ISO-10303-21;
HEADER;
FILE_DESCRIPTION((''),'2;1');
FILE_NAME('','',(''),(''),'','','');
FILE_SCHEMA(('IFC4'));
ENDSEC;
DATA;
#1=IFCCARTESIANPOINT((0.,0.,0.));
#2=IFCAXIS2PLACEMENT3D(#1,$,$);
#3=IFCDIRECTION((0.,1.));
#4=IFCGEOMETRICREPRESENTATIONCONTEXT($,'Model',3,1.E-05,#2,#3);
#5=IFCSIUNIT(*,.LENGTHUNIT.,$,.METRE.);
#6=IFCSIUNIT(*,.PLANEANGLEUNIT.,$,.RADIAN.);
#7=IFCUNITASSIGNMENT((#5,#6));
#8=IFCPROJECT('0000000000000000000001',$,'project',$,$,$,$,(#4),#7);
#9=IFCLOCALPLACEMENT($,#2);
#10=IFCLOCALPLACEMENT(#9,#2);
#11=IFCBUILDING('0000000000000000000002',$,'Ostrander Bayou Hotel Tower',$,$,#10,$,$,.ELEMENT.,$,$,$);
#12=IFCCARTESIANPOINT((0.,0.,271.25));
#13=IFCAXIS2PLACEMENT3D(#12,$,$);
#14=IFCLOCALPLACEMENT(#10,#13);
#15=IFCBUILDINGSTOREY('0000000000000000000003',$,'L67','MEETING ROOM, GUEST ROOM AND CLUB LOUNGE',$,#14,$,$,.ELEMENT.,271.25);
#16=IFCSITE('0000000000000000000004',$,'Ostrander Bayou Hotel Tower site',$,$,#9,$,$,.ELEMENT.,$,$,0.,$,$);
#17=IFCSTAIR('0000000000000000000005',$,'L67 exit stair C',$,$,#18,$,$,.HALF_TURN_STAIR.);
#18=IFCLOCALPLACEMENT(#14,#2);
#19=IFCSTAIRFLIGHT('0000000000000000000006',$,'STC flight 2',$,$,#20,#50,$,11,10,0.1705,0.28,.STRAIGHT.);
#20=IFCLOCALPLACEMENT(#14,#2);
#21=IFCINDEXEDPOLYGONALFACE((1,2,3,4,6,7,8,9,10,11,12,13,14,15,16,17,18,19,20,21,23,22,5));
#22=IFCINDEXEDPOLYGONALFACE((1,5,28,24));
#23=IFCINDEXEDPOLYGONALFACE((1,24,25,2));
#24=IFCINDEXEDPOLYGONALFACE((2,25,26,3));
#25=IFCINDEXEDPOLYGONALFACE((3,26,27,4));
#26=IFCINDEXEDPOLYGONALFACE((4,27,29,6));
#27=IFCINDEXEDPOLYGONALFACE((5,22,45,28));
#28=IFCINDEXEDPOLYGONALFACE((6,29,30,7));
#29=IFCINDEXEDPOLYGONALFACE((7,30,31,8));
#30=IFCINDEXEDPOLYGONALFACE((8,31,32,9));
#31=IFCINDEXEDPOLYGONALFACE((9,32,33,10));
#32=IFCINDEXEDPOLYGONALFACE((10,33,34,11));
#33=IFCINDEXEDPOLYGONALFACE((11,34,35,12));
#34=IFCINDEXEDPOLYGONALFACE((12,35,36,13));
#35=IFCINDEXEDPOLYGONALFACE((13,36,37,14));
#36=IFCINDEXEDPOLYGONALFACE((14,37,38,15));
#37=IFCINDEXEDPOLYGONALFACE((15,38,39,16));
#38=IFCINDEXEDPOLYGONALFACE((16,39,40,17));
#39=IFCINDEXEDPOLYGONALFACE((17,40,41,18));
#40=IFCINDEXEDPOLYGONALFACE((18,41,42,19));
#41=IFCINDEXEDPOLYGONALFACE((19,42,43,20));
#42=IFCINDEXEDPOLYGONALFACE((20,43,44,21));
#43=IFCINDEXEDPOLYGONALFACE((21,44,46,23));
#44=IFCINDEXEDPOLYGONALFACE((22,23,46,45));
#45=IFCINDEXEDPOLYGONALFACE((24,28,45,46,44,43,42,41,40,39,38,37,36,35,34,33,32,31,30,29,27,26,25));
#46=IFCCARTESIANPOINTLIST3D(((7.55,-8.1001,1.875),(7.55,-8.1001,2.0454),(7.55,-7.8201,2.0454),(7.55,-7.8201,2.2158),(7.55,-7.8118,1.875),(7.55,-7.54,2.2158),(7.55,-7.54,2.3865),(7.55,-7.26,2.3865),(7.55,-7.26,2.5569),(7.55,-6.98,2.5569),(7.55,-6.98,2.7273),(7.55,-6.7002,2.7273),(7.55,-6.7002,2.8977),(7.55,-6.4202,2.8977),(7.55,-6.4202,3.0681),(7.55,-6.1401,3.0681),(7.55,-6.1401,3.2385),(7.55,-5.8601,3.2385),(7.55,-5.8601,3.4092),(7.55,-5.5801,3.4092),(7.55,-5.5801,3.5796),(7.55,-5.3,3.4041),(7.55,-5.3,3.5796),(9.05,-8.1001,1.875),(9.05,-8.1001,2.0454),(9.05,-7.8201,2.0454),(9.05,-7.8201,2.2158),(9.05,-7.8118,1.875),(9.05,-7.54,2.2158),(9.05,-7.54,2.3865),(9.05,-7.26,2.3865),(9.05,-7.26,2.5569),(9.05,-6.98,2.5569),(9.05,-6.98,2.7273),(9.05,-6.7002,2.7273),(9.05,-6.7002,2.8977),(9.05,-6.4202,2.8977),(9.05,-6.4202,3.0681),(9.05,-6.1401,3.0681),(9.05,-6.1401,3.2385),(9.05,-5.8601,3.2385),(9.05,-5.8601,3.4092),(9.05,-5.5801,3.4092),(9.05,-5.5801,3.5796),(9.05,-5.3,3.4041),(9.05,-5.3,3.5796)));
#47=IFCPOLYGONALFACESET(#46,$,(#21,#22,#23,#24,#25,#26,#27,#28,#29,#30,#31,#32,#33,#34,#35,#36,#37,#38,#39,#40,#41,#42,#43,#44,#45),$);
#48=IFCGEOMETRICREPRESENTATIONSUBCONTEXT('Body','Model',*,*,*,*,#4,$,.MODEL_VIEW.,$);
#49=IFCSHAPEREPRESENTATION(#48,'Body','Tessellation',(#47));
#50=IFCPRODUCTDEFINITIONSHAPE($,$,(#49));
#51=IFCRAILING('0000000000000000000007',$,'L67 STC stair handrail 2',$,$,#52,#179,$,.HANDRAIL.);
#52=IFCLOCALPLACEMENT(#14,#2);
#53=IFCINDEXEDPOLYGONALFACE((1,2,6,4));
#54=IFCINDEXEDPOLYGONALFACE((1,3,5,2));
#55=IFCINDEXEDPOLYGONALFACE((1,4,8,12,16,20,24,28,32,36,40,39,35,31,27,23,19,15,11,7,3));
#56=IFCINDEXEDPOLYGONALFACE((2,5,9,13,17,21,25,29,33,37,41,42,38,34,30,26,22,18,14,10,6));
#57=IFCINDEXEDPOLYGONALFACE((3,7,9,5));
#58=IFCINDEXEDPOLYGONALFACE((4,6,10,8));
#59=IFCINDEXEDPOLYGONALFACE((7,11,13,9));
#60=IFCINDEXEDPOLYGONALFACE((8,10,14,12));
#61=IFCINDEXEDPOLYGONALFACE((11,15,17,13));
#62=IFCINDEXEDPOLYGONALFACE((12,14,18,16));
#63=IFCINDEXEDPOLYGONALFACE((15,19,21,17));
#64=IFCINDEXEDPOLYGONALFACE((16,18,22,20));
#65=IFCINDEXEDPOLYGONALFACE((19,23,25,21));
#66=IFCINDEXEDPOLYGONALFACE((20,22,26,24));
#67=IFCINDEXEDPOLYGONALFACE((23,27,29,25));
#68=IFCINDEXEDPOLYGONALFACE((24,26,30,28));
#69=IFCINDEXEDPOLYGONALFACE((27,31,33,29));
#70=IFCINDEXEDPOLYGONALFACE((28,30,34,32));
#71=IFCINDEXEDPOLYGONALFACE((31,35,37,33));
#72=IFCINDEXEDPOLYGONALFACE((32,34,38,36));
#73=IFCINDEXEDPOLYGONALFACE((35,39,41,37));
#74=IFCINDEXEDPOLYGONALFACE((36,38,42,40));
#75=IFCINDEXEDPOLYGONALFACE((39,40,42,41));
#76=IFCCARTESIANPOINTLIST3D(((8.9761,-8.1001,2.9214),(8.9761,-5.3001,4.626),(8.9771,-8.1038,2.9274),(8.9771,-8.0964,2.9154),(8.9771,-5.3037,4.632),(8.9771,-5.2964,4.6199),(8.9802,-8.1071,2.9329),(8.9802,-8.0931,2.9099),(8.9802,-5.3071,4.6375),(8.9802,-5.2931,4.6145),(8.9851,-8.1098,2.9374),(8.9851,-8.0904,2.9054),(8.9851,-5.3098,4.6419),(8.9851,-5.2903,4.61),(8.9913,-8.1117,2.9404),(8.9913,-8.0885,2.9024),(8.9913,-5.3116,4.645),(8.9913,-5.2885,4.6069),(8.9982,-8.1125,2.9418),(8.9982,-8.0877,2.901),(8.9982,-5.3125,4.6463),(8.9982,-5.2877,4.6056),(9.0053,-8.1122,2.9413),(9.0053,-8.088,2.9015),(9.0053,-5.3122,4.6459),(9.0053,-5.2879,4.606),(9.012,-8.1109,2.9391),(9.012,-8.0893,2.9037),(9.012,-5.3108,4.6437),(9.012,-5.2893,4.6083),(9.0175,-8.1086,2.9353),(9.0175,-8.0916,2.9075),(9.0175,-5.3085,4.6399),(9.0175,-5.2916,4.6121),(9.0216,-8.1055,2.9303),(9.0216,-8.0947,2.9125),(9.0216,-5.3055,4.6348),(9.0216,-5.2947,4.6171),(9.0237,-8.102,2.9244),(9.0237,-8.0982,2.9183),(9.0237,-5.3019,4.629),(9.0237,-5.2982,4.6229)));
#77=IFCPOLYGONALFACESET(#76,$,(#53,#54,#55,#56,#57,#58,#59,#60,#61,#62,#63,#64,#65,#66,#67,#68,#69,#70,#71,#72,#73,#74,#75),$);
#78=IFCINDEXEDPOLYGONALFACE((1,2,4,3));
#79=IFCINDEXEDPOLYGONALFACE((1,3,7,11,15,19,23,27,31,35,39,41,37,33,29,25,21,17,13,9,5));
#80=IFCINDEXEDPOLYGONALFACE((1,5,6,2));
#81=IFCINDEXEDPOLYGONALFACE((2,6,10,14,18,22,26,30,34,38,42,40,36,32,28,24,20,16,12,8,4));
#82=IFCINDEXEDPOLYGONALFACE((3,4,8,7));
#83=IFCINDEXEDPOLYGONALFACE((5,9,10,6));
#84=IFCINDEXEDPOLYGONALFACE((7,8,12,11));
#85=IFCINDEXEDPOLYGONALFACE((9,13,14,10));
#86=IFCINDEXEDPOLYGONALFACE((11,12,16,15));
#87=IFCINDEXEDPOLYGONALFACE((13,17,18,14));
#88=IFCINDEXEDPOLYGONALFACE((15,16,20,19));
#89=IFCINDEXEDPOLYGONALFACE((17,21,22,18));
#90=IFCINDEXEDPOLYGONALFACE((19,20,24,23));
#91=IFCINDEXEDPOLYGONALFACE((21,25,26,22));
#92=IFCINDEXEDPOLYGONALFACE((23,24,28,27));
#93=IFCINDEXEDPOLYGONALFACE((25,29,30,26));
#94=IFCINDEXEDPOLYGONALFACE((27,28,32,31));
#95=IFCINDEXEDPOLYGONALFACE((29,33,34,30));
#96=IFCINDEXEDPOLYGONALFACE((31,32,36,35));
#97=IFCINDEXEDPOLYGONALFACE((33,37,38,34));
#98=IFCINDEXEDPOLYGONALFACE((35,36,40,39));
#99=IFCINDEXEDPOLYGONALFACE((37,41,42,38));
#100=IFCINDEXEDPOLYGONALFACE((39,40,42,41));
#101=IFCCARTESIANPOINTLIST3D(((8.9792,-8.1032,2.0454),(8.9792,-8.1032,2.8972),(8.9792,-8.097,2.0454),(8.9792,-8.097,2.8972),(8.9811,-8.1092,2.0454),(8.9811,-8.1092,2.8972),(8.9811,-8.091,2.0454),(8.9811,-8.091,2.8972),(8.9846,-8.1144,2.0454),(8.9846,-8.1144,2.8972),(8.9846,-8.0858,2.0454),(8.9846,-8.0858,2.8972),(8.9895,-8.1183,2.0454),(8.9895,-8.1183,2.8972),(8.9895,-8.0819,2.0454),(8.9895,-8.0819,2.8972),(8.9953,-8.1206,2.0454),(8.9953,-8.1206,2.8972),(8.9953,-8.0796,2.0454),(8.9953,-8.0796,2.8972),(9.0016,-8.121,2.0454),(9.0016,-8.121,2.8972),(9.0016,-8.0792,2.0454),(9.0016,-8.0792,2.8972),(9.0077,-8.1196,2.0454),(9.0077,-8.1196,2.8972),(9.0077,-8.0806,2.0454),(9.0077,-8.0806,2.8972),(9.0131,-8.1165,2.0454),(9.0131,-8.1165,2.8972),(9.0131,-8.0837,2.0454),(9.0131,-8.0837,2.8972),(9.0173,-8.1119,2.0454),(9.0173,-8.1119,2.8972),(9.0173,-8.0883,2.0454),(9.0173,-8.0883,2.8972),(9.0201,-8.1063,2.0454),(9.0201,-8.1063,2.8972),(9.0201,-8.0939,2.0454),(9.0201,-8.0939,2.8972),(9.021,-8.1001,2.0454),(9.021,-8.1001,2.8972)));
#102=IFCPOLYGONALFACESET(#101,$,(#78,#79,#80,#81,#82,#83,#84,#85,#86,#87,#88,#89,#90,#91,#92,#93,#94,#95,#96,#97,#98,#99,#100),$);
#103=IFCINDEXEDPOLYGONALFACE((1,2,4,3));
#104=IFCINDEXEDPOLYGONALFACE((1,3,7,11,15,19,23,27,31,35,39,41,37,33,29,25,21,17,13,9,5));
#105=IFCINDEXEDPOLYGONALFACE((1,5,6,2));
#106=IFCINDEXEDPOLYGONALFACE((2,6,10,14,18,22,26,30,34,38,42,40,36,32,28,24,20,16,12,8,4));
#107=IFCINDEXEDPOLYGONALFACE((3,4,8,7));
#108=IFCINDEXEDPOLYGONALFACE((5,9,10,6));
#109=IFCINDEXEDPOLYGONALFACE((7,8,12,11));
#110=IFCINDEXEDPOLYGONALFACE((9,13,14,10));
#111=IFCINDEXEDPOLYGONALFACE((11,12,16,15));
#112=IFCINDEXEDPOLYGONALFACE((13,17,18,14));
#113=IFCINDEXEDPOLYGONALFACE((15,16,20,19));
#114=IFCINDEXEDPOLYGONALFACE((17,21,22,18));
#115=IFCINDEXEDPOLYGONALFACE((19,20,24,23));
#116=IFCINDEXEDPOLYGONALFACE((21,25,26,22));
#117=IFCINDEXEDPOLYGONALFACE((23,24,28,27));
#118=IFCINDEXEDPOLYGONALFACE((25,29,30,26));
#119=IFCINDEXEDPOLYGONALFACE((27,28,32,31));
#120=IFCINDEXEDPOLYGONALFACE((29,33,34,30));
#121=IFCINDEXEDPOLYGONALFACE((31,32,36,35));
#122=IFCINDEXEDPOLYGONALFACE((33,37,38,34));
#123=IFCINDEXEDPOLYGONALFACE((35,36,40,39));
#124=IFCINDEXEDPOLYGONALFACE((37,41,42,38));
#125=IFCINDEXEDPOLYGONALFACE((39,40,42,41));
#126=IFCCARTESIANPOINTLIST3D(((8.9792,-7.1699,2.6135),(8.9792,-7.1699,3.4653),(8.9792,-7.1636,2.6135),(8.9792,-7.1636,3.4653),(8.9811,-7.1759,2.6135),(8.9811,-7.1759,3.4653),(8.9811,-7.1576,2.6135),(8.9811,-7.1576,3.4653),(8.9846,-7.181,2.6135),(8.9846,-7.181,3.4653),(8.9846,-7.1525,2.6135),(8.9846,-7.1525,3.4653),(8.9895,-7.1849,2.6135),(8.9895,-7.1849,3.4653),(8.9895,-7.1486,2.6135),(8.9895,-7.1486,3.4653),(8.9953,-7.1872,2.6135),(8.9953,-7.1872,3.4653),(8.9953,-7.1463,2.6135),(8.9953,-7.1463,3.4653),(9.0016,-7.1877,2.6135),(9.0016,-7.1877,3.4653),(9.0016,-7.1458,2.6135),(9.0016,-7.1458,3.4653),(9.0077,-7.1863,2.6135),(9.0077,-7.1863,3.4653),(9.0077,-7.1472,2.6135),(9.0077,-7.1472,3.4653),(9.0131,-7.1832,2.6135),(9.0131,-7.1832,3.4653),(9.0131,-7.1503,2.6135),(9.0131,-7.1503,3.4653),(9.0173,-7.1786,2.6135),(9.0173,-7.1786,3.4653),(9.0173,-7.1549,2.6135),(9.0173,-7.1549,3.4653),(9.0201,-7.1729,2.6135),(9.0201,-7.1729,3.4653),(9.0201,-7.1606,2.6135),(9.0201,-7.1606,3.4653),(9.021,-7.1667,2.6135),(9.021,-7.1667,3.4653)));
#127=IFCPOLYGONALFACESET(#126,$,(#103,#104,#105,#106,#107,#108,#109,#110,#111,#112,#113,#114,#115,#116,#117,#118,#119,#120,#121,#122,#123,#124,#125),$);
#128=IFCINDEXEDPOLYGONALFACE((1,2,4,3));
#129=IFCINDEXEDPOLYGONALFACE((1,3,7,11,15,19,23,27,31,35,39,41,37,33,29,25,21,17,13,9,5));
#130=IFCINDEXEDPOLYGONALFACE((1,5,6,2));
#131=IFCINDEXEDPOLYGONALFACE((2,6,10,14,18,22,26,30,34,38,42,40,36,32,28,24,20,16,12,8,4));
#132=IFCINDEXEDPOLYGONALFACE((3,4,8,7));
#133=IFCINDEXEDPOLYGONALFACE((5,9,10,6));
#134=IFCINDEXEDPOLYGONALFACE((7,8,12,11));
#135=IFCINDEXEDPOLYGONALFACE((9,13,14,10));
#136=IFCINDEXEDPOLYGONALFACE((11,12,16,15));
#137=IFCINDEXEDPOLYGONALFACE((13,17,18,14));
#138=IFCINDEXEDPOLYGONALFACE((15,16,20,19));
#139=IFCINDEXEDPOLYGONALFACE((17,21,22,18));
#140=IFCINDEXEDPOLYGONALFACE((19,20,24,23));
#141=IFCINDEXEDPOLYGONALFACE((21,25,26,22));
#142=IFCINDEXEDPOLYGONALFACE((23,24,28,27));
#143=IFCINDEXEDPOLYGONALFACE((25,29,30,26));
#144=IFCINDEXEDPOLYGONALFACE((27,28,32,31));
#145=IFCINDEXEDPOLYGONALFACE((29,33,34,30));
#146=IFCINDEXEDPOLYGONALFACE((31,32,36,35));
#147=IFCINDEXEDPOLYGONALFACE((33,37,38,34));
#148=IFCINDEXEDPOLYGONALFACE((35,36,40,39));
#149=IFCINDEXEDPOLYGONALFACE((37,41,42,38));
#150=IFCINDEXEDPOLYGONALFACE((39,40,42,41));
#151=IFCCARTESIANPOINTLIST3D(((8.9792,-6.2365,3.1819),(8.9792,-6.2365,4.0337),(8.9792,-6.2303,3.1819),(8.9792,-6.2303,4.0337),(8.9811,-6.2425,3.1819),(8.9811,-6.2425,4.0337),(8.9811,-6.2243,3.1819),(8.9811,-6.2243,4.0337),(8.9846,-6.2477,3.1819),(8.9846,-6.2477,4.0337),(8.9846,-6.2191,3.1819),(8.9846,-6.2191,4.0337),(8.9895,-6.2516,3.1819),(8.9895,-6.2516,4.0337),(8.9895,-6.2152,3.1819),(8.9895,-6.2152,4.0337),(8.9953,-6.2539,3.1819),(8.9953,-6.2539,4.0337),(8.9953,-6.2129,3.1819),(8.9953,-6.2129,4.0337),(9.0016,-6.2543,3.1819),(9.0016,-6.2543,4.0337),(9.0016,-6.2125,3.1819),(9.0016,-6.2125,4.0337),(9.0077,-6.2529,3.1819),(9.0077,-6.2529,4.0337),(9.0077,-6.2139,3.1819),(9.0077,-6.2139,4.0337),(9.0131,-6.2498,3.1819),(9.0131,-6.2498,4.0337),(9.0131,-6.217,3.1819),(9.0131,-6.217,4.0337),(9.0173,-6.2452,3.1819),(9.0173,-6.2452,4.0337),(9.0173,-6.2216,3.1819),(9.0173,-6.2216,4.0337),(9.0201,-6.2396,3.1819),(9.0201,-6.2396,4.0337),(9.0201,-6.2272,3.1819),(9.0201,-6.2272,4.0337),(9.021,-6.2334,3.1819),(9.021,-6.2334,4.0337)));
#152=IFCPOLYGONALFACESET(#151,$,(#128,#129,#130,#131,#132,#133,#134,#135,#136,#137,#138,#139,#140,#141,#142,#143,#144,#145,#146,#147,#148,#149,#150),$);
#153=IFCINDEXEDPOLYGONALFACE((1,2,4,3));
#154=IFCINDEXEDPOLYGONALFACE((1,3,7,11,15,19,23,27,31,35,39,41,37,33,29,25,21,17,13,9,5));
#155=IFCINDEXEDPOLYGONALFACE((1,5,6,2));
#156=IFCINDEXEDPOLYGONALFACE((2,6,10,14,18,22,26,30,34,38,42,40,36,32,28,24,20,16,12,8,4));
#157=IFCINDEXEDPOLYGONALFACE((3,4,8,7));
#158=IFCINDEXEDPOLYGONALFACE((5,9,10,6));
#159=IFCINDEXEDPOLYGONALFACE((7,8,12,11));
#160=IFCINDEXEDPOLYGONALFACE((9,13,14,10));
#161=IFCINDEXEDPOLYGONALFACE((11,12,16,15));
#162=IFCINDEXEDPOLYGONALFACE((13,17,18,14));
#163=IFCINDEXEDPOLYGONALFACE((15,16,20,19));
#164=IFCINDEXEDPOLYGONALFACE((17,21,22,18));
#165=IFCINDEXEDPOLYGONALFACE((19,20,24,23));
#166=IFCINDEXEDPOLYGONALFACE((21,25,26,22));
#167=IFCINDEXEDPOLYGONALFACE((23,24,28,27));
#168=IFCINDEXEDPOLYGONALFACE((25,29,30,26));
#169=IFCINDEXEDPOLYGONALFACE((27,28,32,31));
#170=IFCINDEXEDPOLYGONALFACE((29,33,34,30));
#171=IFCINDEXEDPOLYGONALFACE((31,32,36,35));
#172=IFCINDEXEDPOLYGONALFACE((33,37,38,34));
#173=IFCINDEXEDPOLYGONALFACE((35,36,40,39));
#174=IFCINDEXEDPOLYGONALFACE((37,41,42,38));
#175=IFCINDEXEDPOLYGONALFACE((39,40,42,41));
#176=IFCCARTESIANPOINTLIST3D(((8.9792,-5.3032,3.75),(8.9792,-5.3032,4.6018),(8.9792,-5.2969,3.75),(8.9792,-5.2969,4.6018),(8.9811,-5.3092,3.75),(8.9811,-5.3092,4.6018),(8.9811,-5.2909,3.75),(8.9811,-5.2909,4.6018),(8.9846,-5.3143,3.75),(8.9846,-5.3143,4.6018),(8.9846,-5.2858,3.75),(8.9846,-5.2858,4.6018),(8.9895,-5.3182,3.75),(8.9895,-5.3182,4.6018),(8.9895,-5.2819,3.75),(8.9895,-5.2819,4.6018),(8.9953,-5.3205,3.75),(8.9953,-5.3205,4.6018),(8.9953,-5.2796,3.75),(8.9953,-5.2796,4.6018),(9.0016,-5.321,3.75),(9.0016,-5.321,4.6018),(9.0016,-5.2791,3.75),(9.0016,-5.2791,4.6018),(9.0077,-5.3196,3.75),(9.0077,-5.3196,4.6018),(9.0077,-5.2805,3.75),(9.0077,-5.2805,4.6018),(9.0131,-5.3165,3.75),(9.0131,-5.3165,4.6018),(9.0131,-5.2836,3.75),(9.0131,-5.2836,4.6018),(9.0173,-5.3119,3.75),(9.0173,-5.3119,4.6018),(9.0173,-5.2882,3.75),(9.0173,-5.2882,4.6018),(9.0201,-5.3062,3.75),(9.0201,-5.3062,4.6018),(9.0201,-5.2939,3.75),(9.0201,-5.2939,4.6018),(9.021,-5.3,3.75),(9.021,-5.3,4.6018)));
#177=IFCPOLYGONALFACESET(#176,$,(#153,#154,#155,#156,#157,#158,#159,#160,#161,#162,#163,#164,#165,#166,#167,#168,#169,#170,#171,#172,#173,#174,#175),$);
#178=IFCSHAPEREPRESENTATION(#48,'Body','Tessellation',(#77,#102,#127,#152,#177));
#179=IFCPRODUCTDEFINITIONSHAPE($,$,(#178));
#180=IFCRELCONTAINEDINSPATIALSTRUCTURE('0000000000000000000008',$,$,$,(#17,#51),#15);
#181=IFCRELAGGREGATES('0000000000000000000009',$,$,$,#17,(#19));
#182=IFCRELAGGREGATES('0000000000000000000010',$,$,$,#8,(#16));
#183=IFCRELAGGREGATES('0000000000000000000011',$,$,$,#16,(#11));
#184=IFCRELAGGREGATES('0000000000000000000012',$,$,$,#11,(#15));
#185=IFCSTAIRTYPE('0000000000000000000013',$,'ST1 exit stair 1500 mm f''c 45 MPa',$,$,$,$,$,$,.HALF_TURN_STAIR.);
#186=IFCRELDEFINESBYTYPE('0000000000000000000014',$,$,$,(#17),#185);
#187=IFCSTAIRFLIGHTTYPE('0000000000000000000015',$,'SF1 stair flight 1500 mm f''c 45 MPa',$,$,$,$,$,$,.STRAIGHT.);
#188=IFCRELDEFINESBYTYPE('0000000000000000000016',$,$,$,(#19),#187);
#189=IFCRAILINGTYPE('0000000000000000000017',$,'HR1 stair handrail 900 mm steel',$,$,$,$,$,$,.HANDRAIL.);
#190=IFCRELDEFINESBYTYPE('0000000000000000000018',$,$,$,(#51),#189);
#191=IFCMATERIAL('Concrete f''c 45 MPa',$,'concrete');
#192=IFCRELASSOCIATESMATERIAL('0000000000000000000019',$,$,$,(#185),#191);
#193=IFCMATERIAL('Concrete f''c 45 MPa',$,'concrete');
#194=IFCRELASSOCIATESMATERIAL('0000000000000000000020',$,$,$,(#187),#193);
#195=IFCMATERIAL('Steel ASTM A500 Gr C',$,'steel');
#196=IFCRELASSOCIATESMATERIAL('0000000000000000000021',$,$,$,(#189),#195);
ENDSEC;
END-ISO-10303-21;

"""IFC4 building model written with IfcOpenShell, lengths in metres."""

from ifc_helpers import new_model, si_unit, direction, frame, origin, origin_2d, place, context, subcontext, project, spatial, polyline, circle, outline, extrude, material, type_object, element, aggregate, save


model = new_model("IFC4")

# Units and contexts
model_context = context("Model", 3, precision=1e-05, world=origin(), true_north=direction((0.0, 1.0)))
body_context = subcontext(model_context, "Body", "Model", "MODEL_VIEW")
ifc_project = project(units=[si_unit("LENGTHUNIT", "METRE"), si_unit("PLANEANGLEUNIT", "RADIAN")], contexts=[model_context])

# Site, building, storey
site_placement = place(None, origin())
site = spatial("IfcSite", under=ifc_project, at=site_placement, Name="Ostrander Bayou Hotel Tower site", CompositionType="ELEMENT", RefElevation=0.0)
building_placement = place(site_placement, origin())
building = spatial("IfcBuilding", under=site, at=building_placement, Name="Ostrander Bayou Hotel Tower", CompositionType="ELEMENT")
storey_placement = place(building_placement, frame((0.0, 0.0, 271.25)))
storey = spatial("IfcBuildingStorey", under=building, at=storey_placement, Name="L67", Description="MEETING ROOM, GUEST ROOM AND CLUB LOUNGE", CompositionType="ELEMENT", Elevation=271.25)

# Stair, stair flight
ifc_material_1 = material(Name="Concrete f'c 45 MPa", Category="concrete")
stair_type = type_object("IfcStairType", Name="ST1 exit stair 1500 mm f'c 45 MPa", PredefinedType="HALF_TURN_STAIR", material=ifc_material_1)
stair_placement = place(storey_placement, origin())
stair = element("IfcStair", 1, at=stair_placement, inside=storey, type_object=stair_type, Name="L67 exit stair C", PredefinedType="HALF_TURN_STAIR")
ifc_material_2 = material(Name="Concrete f'c 45 MPa", Category="concrete")
stair_flight_type = type_object("IfcStairFlightType", Name="SF1 stair flight 1500 mm f'c 45 MPa", PredefinedType="STRAIGHT", material=ifc_material_2)
stair_flight_placement = place(storey_placement, frame((8.3, -8.1001, 1.875), z_axis=(0.0, 0.0, 1.0), x_axis=(0.0, 1.0, 0.0)))
stair_flight = element("IfcStairFlight", 2, at=stair_flight_placement, type_object=stair_flight_type, Name="STC flight 2", NumberOfRisers=11, NumberOfTreads=10, PredefinedType="STRAIGHT", RiserHeight=0.1705, TreadLength=0.28, context=body_context, shape_type="SweptSolid", body=[
    extrude(outline(polyline([(0.0, 0.0), (0.0, 0.1704), (0.28, 0.1704), (0.28, 0.3408), (0.5601, 0.3408), (0.5601, 0.5115), (0.8401, 0.5115), (0.8401, 0.6819), (1.1201, 0.6819), (1.1201, 0.8523), (1.3999, 0.8523), (1.3999, 1.0227), (1.6799, 1.0227), (1.6799, 1.1931), (1.96, 1.1931), (1.96, 1.3635), (2.24, 1.3635), (2.24, 1.5342), (2.52, 1.5342), (2.52, 1.7046), (2.8, 1.7046), (2.8, 1.875), (2.8, 1.5291), (0.2883, 0.0), (0.0, 0.0)])), frame((0.0, 0.75, 0.0), z_axis=(0.0, -1.0, 0.0), x_axis=(1.0, 0.0, 0.0)), (0.0, 0.0, 1.0), 1.5),
])
aggregate(stair, [stair_flight])

# Railing
ifc_material_3 = material(Name="Steel ASTM A500 Gr C", Category="steel")
railing_type = type_object("IfcRailingType", Name="HR1 stair handrail 900 mm steel", PredefinedType="HANDRAIL", material=ifc_material_3)
railing_placement = place(storey_placement, frame((9.0, -8.1001, 2.0454)))
element("IfcRailing", 3, at=railing_placement, inside=storey, type_object=railing_type, Name="L67 STC stair handrail 2", PredefinedType="HANDRAIL", context=body_context, shape_type="SweptSolid", body=[
    extrude(circle(Radius=0.0239, at=origin_2d()), frame((0.0, 0.0, 0.876), z_axis=(0.0, 0.85417, 0.519994), x_axis=(-1.0, 0.0, 0.0)), (0.0, 0.0, 1.0), 3.2781),
    extrude(circle(Radius=0.021, at=origin_2d()), origin(), (0.0, 0.0, 1.0), 0.8518),
    extrude(circle(Radius=0.021, at=origin_2d()), frame((0.0, 0.9333, 0.5681)), (0.0, 0.0, 1.0), 0.8518),
    extrude(circle(Radius=0.021, at=origin_2d()), frame((0.0, 1.8667, 1.1365)), (0.0, 0.0, 1.0), 0.8518),
    extrude(circle(Radius=0.021, at=origin_2d()), frame((0.0, 2.8, 1.7046)), (0.0, 0.0, 1.0), 0.8518),
])

save(model, "model.ifc")
